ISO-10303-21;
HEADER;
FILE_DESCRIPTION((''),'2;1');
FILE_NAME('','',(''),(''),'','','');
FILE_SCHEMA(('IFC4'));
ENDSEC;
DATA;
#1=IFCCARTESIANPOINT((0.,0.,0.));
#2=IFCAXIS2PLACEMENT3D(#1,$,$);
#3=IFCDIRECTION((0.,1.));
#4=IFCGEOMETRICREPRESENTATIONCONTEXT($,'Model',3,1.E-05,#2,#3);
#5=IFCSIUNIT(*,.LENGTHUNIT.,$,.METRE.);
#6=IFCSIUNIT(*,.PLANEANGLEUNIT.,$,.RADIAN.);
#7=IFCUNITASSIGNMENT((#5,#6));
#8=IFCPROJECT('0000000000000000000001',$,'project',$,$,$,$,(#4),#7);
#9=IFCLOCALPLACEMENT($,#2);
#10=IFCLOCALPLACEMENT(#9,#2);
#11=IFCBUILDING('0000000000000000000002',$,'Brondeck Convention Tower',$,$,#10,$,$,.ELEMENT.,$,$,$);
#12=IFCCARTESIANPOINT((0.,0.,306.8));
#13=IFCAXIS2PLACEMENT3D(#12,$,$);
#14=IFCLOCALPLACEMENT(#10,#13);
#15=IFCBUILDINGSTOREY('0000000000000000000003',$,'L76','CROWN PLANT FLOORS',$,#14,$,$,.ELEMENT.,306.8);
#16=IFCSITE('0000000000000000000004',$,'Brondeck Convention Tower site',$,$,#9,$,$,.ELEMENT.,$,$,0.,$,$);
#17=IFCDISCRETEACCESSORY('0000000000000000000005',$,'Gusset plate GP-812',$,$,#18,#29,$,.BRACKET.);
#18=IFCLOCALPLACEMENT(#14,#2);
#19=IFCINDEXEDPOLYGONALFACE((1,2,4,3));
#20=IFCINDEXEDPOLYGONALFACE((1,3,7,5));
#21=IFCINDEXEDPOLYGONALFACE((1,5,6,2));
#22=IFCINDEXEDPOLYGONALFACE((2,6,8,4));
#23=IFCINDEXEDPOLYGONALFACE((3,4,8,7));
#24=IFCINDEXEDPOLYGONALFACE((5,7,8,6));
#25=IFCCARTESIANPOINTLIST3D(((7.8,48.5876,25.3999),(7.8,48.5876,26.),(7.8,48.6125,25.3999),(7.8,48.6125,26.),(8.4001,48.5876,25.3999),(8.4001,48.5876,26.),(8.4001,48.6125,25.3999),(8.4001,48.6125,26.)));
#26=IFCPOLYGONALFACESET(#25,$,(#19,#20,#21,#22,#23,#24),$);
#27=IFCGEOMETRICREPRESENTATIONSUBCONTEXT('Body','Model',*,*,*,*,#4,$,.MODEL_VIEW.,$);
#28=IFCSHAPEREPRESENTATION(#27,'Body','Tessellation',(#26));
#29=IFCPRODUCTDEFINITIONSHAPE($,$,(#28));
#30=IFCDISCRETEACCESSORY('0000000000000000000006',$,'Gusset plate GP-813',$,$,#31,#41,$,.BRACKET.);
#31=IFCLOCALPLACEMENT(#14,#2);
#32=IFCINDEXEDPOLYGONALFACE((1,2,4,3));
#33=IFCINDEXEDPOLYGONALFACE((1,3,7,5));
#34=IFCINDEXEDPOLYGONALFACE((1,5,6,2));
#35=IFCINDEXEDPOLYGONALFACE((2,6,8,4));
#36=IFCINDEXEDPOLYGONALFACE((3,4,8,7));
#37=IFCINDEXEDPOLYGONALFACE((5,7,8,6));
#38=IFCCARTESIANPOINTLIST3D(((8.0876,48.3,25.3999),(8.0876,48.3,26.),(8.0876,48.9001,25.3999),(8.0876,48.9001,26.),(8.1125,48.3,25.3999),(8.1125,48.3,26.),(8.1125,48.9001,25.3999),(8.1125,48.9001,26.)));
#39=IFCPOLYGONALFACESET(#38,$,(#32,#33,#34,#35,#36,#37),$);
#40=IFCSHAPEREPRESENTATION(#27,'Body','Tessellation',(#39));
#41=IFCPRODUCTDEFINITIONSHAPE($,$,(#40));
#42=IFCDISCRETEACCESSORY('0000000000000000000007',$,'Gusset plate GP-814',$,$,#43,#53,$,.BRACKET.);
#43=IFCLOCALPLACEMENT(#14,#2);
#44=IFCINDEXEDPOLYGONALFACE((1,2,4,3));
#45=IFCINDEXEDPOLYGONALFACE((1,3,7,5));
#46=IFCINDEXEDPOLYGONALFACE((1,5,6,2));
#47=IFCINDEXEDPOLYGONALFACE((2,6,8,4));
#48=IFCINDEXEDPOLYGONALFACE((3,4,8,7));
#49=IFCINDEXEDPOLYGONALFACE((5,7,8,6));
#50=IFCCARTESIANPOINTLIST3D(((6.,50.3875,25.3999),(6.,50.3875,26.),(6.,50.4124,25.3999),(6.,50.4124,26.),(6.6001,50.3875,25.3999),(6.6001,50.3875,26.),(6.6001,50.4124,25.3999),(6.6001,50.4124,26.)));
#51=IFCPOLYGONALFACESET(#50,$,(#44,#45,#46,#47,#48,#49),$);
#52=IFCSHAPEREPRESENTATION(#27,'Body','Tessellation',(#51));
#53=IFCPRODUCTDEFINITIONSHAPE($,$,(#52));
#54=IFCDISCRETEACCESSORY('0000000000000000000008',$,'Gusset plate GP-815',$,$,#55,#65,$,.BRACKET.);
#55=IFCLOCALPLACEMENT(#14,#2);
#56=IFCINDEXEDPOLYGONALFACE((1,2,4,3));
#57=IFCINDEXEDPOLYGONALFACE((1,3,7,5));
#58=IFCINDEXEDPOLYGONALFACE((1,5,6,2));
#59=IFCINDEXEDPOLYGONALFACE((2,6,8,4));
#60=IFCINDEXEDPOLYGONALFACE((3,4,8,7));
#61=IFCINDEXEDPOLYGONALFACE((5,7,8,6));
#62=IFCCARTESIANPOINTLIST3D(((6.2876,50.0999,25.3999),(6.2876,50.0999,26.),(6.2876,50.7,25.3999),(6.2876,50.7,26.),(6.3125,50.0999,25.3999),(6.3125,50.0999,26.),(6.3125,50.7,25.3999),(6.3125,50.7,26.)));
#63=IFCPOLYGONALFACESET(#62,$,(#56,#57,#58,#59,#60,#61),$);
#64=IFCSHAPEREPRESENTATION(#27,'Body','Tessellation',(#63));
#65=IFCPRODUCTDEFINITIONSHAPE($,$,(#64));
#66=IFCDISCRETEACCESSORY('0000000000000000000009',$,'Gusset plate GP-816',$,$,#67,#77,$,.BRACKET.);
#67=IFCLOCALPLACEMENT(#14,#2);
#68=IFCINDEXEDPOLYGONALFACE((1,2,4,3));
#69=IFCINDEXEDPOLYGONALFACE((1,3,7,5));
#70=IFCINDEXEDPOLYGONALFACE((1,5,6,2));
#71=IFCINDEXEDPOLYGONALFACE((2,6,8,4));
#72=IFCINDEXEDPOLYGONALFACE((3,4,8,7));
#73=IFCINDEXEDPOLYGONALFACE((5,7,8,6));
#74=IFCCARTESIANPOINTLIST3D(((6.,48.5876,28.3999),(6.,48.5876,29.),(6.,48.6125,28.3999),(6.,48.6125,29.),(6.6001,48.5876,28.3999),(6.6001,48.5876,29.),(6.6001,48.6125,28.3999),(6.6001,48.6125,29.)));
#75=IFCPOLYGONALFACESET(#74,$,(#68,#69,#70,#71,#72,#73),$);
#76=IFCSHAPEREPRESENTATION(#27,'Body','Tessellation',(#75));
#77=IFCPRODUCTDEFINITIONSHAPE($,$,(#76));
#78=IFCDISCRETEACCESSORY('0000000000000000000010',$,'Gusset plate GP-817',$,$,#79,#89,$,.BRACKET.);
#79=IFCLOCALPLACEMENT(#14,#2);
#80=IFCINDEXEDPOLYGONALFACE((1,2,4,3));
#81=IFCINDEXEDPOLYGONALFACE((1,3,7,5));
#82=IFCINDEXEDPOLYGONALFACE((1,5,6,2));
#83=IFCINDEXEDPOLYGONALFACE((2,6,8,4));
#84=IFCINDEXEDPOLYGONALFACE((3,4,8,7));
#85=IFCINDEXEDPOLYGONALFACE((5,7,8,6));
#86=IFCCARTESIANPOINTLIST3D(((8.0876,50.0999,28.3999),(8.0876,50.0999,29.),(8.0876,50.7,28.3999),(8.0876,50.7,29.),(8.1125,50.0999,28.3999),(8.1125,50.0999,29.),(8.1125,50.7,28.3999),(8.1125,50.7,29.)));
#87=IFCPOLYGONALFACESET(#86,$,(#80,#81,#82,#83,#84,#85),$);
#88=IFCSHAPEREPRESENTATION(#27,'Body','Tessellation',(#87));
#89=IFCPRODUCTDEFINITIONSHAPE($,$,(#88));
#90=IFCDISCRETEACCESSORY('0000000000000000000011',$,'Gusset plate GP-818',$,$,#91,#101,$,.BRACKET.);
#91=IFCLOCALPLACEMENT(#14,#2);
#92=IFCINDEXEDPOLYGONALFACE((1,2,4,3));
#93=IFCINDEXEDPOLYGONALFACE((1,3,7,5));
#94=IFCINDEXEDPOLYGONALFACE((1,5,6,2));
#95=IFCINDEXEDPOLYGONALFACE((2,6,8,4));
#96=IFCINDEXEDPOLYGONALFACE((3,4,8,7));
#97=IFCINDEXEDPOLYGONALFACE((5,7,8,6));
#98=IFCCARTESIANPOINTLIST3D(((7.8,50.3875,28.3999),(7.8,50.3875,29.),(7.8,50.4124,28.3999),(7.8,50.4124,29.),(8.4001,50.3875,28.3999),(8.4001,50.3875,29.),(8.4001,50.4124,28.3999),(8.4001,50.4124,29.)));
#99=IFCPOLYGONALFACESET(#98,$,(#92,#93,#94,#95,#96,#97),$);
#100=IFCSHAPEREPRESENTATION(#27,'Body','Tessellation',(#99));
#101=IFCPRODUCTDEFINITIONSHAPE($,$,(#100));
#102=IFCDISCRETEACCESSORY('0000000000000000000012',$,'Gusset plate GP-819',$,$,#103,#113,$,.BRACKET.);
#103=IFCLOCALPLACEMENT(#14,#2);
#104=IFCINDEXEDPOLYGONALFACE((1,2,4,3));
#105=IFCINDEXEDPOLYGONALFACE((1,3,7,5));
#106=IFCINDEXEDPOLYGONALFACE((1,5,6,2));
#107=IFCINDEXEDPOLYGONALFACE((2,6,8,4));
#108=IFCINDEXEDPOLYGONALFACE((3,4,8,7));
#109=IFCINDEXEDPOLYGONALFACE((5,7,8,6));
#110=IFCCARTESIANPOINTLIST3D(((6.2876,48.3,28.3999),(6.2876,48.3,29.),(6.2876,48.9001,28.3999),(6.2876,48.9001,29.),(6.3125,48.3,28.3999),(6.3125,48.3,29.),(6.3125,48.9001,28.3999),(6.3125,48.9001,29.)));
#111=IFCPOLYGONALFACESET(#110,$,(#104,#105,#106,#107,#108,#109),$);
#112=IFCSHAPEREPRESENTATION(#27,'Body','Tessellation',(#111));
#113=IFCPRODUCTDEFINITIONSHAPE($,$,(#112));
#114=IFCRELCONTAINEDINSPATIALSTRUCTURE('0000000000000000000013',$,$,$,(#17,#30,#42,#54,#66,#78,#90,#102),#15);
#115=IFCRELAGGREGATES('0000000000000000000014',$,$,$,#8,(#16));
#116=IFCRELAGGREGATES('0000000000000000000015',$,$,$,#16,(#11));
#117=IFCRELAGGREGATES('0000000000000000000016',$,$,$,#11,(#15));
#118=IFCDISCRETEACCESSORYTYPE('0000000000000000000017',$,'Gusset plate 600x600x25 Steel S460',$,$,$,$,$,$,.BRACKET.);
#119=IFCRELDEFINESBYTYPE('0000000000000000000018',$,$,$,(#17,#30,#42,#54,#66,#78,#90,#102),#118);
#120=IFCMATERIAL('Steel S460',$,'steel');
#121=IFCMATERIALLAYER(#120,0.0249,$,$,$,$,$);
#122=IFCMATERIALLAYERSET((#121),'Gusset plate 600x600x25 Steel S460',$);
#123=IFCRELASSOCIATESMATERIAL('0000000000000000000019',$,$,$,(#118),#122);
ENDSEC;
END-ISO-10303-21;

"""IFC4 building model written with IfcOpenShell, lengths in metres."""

from ifc_helpers import new_model, si_unit, direction, frame, origin, origin_2d, place, context, subcontext, project, spatial, rectangle, extrude, material, layer, layer_set, type_object, element, save


model = new_model("IFC4")

# Units and contexts
model_context = context("Model", 3, precision=1e-05, world=origin(), true_north=direction((0.0, 1.0)))
body_context = subcontext(model_context, "Body", "Model", "MODEL_VIEW")
ifc_project = project(units=[si_unit("LENGTHUNIT", "METRE"), si_unit("PLANEANGLEUNIT", "RADIAN")], contexts=[model_context])

# Site, building, storey
site_placement = place(None, origin())
site = spatial("IfcSite", under=ifc_project, at=site_placement, Name="Brondeck Convention Tower site", CompositionType="ELEMENT", RefElevation=0.0)
building_placement = place(site_placement, origin())
building = spatial("IfcBuilding", under=site, at=building_placement, Name="Brondeck Convention Tower", CompositionType="ELEMENT")
storey_placement = place(building_placement, frame((0.0, 0.0, 306.8)))
storey = spatial("IfcBuildingStorey", under=building, at=storey_placement, Name="L76", Description="CROWN PLANT FLOORS", CompositionType="ELEMENT", Elevation=306.8)

# Shared definitions
ifc_material = material(Name="Steel S460", Category="steel")

# Discrete accessories
ifc_layer_1 = layer(ifc_material, 0.0249)
ifc_layer_set_1 = layer_set([ifc_layer_1], Name="Gusset plate 600x600x25 Steel S460")
discrete_accessory_type_1 = type_object("IfcDiscreteAccessoryType", Name="Gusset plate 600x600x25 Steel S460", PredefinedType="BRACKET", material=ifc_layer_set_1)
for number, where, z_axis, x_axis, name in (
    (1, (8.1001, 48.6001, 25.3999), (0.0, 0.0, 1.0), (1.0, 0.0, 0.0), "Gusset plate GP-812"),
    (2, (8.1001, 48.6001, 25.3999), (0.0, 0.0, 1.0), (0.0, 1.0, 0.0), "Gusset plate GP-813"),
    (3, (6.3, 50.3999, 25.3999), (0.0, 0.0, 1.0), (1.0, 0.0, 0.0), "Gusset plate GP-814"),
    (4, (6.3, 50.3999, 25.3999), (0.0, 0.0, 1.0), (0.0, 1.0, 0.0), "Gusset plate GP-815"),
    (5, (6.3, 48.6001, 28.3999), (0.0, 0.0, 1.0), (1.0, 0.0, 0.0), "Gusset plate GP-816"),
    (6, (8.1001, 50.3999, 28.3999), (0.0, 0.0, 1.0), (0.0, 1.0, 0.0), "Gusset plate GP-817"),
    (7, (8.1001, 50.3999, 28.3999), (0.0, 0.0, 1.0), (1.0, 0.0, 0.0), "Gusset plate GP-818"),
    (8, (6.3, 48.6001, 28.3999), (0.0, 0.0, 1.0), (0.0, 1.0, 0.0), "Gusset plate GP-819"),
):
    element("IfcDiscreteAccessory", number, at=place(storey_placement, frame(where, z_axis=z_axis, x_axis=x_axis)), inside=storey, type_object=discrete_accessory_type_1, Name=name, PredefinedType="BRACKET", context=body_context, shape_type="SweptSolid", body=[
        extrude(rectangle(XDim=0.6001, YDim=0.0249, at=origin_2d()), origin(), (0.0, 0.0, 1.0), 0.6001),
    ])

save(model, "model.ifc")
